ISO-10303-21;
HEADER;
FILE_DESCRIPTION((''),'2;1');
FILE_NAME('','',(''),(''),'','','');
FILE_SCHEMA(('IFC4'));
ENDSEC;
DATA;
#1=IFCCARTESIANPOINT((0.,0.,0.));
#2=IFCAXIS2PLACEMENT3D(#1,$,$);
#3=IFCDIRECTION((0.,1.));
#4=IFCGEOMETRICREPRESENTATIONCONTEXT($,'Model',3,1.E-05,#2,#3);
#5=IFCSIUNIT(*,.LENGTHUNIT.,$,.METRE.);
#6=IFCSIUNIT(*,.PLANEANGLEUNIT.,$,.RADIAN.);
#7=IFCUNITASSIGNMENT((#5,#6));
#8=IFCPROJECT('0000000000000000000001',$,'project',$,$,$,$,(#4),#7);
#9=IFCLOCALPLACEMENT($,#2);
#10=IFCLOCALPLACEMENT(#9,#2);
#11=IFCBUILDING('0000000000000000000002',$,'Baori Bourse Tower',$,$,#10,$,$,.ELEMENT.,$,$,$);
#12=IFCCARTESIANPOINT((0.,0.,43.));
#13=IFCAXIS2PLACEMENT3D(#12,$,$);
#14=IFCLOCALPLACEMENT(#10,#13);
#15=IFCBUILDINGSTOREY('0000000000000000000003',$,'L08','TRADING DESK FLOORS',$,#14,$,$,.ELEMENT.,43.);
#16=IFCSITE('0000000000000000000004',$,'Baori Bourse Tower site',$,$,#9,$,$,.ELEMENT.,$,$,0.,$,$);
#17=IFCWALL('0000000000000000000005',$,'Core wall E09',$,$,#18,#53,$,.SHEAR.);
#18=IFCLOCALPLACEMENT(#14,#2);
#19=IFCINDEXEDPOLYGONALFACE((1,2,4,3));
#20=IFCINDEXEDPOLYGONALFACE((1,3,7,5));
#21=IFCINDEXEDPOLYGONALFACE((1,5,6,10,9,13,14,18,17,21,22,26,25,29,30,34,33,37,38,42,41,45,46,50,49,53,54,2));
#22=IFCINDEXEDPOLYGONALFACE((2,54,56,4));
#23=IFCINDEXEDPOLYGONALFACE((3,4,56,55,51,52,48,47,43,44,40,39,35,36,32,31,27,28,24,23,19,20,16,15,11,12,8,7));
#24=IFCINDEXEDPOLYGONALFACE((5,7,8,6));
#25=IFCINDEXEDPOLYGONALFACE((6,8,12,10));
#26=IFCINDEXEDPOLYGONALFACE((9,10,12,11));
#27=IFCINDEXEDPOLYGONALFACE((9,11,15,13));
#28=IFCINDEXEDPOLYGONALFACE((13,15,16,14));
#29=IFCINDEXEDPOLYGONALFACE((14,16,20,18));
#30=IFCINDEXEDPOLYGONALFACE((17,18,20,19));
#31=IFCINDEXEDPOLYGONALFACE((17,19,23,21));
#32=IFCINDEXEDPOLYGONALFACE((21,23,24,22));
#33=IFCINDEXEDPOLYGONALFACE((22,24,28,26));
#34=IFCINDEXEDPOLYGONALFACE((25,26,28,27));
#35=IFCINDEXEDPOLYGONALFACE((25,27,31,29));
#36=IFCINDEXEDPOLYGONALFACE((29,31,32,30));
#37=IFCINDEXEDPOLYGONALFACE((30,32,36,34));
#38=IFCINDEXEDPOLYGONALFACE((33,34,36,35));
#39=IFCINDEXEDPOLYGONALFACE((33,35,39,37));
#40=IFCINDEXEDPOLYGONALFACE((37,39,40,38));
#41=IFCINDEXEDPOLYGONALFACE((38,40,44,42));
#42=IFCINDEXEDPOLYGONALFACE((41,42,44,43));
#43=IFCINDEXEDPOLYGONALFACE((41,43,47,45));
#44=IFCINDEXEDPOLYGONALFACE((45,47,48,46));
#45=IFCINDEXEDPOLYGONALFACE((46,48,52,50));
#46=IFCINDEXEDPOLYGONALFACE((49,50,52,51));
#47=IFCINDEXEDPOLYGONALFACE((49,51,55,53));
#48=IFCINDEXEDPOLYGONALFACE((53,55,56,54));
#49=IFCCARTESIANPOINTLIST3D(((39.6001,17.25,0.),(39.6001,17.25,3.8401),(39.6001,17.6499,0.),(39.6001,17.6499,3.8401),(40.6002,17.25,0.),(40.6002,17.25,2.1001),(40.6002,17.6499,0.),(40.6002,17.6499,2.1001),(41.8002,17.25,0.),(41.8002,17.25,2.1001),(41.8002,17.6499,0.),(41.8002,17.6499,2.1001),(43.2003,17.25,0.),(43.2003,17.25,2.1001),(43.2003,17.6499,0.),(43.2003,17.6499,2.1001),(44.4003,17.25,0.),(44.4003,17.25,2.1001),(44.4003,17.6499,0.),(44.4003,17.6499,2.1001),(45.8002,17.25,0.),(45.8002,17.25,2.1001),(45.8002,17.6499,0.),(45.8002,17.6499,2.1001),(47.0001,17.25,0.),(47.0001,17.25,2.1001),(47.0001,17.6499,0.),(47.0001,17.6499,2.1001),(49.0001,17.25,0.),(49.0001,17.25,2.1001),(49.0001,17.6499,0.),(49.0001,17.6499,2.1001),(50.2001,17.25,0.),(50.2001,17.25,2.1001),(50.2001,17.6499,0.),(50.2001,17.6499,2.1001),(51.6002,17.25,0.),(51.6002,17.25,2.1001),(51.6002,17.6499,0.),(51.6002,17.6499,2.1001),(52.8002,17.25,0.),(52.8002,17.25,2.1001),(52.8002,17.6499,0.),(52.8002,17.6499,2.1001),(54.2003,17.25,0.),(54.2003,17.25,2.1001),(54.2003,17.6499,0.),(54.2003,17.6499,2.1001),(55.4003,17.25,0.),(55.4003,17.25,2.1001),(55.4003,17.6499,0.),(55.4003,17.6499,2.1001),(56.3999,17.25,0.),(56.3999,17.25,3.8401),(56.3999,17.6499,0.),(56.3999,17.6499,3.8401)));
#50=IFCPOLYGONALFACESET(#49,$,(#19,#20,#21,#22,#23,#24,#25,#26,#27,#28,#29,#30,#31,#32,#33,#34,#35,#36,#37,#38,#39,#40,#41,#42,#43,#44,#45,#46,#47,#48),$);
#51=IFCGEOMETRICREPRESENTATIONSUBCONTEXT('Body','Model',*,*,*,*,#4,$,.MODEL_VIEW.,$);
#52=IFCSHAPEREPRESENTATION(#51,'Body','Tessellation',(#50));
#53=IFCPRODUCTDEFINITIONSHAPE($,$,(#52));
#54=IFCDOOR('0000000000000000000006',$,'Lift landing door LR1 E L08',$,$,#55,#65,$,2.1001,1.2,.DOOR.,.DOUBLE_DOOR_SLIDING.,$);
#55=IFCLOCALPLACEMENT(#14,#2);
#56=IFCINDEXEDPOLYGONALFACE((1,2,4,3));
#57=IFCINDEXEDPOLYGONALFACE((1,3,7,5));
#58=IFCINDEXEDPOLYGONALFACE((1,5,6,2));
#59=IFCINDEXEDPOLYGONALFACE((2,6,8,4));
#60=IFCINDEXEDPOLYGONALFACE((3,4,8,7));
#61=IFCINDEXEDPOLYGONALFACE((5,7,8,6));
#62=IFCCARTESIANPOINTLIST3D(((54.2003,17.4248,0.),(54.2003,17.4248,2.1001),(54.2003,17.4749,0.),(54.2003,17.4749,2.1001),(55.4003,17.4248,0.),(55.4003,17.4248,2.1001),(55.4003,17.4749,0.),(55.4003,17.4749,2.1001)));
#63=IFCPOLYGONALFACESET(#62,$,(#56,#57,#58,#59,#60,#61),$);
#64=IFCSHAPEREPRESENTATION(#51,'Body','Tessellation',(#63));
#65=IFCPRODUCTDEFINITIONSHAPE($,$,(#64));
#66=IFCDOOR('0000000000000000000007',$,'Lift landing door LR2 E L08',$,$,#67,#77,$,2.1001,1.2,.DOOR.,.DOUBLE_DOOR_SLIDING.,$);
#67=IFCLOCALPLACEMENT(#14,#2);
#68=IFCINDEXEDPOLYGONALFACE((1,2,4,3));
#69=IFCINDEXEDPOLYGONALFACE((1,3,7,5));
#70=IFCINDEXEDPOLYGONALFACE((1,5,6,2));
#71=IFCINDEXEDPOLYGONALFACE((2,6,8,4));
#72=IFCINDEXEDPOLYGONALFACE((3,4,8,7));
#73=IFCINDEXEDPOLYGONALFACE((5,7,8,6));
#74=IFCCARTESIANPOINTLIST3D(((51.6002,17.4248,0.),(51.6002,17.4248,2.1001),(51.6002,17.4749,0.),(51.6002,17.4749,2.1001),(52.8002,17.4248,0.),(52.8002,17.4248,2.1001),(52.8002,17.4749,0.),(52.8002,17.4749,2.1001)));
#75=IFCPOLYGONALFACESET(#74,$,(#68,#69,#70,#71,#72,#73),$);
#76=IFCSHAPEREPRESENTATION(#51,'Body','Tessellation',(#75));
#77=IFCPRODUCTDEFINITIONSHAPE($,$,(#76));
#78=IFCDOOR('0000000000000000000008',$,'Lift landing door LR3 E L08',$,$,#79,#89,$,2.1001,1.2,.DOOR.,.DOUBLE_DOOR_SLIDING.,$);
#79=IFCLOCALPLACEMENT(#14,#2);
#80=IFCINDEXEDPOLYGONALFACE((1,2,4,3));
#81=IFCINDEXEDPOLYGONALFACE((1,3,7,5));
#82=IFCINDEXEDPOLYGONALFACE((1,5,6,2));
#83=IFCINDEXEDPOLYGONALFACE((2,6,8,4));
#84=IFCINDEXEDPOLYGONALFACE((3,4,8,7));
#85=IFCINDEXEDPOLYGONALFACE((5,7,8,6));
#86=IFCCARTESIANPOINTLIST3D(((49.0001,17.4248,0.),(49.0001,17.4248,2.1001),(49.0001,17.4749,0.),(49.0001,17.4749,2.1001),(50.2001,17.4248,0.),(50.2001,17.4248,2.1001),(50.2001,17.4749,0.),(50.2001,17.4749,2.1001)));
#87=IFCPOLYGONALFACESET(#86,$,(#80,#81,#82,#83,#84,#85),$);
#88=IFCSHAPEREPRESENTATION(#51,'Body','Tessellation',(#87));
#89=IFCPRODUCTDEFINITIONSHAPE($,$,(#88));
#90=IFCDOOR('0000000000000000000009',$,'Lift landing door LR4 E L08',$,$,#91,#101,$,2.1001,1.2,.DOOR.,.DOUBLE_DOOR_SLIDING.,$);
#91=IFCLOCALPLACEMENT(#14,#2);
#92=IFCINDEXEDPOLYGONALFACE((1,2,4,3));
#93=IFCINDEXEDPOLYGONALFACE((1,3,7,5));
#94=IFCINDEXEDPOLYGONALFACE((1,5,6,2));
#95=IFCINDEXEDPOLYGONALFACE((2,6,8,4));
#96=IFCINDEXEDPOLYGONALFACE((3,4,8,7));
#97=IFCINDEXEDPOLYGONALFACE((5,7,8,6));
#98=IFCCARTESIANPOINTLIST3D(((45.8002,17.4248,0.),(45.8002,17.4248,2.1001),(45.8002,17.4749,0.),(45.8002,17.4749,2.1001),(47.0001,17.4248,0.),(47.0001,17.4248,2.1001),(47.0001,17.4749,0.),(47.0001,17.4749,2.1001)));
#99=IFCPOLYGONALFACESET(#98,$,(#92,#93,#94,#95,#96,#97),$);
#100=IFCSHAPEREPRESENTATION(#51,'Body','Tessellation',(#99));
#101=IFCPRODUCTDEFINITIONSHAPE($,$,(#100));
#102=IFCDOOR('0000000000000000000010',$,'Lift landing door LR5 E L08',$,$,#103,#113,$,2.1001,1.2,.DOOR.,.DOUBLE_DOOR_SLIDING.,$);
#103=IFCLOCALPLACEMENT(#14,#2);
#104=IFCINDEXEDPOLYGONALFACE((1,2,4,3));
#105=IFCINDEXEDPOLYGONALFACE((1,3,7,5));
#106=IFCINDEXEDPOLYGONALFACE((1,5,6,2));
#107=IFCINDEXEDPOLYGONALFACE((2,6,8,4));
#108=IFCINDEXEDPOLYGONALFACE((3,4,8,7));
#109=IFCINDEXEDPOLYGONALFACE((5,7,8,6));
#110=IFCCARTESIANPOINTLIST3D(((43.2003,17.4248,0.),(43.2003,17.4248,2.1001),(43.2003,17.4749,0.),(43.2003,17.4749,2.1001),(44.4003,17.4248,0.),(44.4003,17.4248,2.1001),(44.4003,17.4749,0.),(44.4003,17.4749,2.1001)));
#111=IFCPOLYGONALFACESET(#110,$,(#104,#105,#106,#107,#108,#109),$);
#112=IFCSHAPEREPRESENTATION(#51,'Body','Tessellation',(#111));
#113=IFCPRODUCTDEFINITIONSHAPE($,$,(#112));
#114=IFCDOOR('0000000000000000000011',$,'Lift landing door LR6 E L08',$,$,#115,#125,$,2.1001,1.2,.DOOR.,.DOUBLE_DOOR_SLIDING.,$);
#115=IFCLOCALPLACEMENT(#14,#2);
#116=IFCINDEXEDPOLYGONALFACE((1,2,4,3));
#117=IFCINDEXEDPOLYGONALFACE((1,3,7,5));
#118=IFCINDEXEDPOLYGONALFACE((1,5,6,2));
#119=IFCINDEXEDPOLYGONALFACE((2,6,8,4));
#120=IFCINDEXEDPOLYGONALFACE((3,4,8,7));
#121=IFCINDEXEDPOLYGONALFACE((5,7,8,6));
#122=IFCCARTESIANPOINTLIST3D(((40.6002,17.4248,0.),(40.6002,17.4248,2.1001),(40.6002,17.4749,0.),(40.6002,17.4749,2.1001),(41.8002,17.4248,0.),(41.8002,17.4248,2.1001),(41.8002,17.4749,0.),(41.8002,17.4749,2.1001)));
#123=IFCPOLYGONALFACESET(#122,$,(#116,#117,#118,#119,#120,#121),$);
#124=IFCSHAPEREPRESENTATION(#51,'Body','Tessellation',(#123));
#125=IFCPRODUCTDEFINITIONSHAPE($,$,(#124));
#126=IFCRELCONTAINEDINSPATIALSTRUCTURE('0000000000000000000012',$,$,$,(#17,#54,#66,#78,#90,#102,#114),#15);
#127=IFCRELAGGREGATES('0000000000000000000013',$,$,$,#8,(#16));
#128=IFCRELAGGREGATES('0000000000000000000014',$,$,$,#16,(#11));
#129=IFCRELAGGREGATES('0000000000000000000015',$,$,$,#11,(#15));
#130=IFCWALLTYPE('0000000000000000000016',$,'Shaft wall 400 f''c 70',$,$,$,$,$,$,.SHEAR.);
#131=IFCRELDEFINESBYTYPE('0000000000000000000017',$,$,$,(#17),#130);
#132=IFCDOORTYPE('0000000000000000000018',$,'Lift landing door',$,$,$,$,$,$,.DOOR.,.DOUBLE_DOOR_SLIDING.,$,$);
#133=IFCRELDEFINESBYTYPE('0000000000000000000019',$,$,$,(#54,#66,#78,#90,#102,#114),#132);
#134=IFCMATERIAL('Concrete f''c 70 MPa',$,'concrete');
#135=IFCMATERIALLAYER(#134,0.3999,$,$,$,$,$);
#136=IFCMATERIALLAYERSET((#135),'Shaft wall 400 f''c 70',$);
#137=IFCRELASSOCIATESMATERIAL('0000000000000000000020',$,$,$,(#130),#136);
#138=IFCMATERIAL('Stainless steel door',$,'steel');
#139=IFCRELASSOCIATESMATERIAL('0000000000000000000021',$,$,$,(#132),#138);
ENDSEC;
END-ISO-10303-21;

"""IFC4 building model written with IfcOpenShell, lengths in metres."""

from ifc_helpers import new_model, si_unit, direction, frame, frame_2d, origin, place, context, subcontext, project, spatial, rectangle, extrude, material, layer, layer_set, type_object, element, fill, save


model = new_model("IFC4")

# Units and contexts
model_context = context("Model", 3, precision=1e-05, world=origin(), true_north=direction((0.0, 1.0)))
body_context = subcontext(model_context, "Body", "Model", "MODEL_VIEW")
ifc_project = project(units=[si_unit("LENGTHUNIT", "METRE"), si_unit("PLANEANGLEUNIT", "RADIAN")], contexts=[model_context])

# Site, building, storey
site_placement = place(None, origin())
site = spatial("IfcSite", under=ifc_project, at=site_placement, Name="Baori Bourse Tower site", CompositionType="ELEMENT", RefElevation=0.0)
building_placement = place(site_placement, origin())
building = spatial("IfcBuilding", under=site, at=building_placement, Name="Baori Bourse Tower", CompositionType="ELEMENT")
storey_placement = place(building_placement, frame((0.0, 0.0, 43.0)))
storey = spatial("IfcBuildingStorey", under=building, at=storey_placement, Name="L08", Description="TRADING DESK FLOORS", CompositionType="ELEMENT", Elevation=43.0)

# Shared definitions
ifc_material_1 = material(Name="Concrete f'c 70 MPa", Category="concrete")
ifc_layer_1 = layer(ifc_material_1, 0.3999)
ifc_layer_set_1 = layer_set([ifc_layer_1], Name="Shaft wall 400 f'c 70")
wall_type_1 = type_object("IfcWallType", Name="Shaft wall 400 f'c 70", PredefinedType="SHEAR", material=ifc_layer_set_1)

# Wall, openings, doors
wall_1_placement = place(storey_placement, frame((39.6001, 17.45, 0.0), z_axis=(0.0, 0.0, 1.0), x_axis=(1.0, 0.0, 0.0)))
wall_1 = element("IfcWall", 1, at=wall_1_placement, inside=storey, type_object=wall_type_1, Name="Core wall E09", PredefinedType="SHEAR", context=body_context, shape_type="SweptSolid", body=[
    extrude(rectangle(XDim=16.7998, YDim=0.3999, at=frame_2d((8.3999, 0.0))), origin(), (0.0, 0.0, 1.0), 3.8401),
])
opening_1_placement = place(wall_1_placement, frame((14.6001, 0.0, 0.0)))
opening_1 = element("IfcOpeningElement", 2, at=opening_1_placement, cuts=wall_1, PredefinedType="OPENING", context=body_context, shape_type="SweptSolid", body=[
    extrude(rectangle(XDim=1.2, YDim=2.1001, at=frame_2d((0.6001, 1.05))), frame((0.0, 0.21, 0.0), z_axis=(0.0, -1.0, 0.0), x_axis=(1.0, 0.0, 0.0)), (0.0, 0.0, 1.0), 0.4199),
])
opening_2_placement = place(wall_1_placement, frame((12.0, 0.0, 0.0)))
opening_2 = element("IfcOpeningElement", 3, at=opening_2_placement, cuts=wall_1, PredefinedType="OPENING", context=body_context, shape_type="SweptSolid", body=[
    extrude(rectangle(XDim=1.2, YDim=2.1001, at=frame_2d((0.6001, 1.05))), frame((0.0, 0.21, 0.0), z_axis=(0.0, -1.0, 0.0), x_axis=(1.0, 0.0, 0.0)), (0.0, 0.0, 1.0), 0.4199),
])
opening_3_placement = place(wall_1_placement, frame((9.3999, 0.0, 0.0)))
opening_3 = element("IfcOpeningElement", 4, at=opening_3_placement, cuts=wall_1, PredefinedType="OPENING", context=body_context, shape_type="SweptSolid", body=[
    extrude(rectangle(XDim=1.2, YDim=2.1001, at=frame_2d((0.6001, 1.05))), frame((0.0, 0.21, 0.0), z_axis=(0.0, -1.0, 0.0), x_axis=(1.0, 0.0, 0.0)), (0.0, 0.0, 1.0), 0.4199),
])
opening_4_placement = place(wall_1_placement, frame((6.2, 0.0, 0.0)))
opening_4 = element("IfcOpeningElement", 5, at=opening_4_placement, cuts=wall_1, PredefinedType="OPENING", context=body_context, shape_type="SweptSolid", body=[
    extrude(rectangle(XDim=1.2, YDim=2.1001, at=frame_2d((0.6001, 1.05))), frame((0.0, 0.21, 0.0), z_axis=(0.0, -1.0, 0.0), x_axis=(1.0, 0.0, 0.0)), (0.0, 0.0, 1.0), 0.4199),
])
opening_5_placement = place(wall_1_placement, frame((3.6001, 0.0, 0.0)))
opening_5 = element("IfcOpeningElement", 6, at=opening_5_placement, cuts=wall_1, PredefinedType="OPENING", context=body_context, shape_type="SweptSolid", body=[
    extrude(rectangle(XDim=1.2, YDim=2.1001, at=frame_2d((0.6001, 1.05))), frame((0.0, 0.21, 0.0), z_axis=(0.0, -1.0, 0.0), x_axis=(1.0, 0.0, 0.0)), (0.0, 0.0, 1.0), 0.4199),
])
opening_6_placement = place(wall_1_placement, frame((1.0, 0.0, 0.0)))
opening_6 = element("IfcOpeningElement", 7, at=opening_6_placement, cuts=wall_1, PredefinedType="OPENING", context=body_context, shape_type="SweptSolid", body=[
    extrude(rectangle(XDim=1.2, YDim=2.1001, at=frame_2d((0.6001, 1.05))), frame((0.0, 0.21, 0.0), z_axis=(0.0, -1.0, 0.0), x_axis=(1.0, 0.0, 0.0)), (0.0, 0.0, 1.0), 0.4199),
])
ifc_material_2 = material(Name="Stainless steel door", Category="steel")
door_type_1 = type_object("IfcDoorType", Name="Lift landing door", OperationType="DOUBLE_DOOR_SLIDING", PredefinedType="DOOR", material=ifc_material_2)
door_1_placement = place(opening_1_placement, origin())
door_1 = element("IfcDoor", 8, at=door_1_placement, inside=storey, type_object=door_type_1, Name="Lift landing door LR1 E L08", OperationType="DOUBLE_DOOR_SLIDING", OverallHeight=2.1001, OverallWidth=1.2, PredefinedType="DOOR", context=body_context, shape_type="SweptSolid", body=[
    extrude(rectangle(XDim=1.2, YDim=2.1001, at=frame_2d((0.6001, 1.05))), frame((0.0, 0.0249, 0.0), z_axis=(0.0, -1.0, 0.0), x_axis=(1.0, 0.0, 0.0)), (0.0, 0.0, 1.0), 0.05),
])
fill(opening_1, door_1)
door_2_placement = place(opening_2_placement, origin())
door_2 = element("IfcDoor", 9, at=door_2_placement, inside=storey, type_object=door_type_1, Name="Lift landing door LR2 E L08", OperationType="DOUBLE_DOOR_SLIDING", OverallHeight=2.1001, OverallWidth=1.2, PredefinedType="DOOR", context=body_context, shape_type="SweptSolid", body=[
    extrude(rectangle(XDim=1.2, YDim=2.1001, at=frame_2d((0.6001, 1.05))), frame((0.0, 0.0249, 0.0), z_axis=(0.0, -1.0, 0.0), x_axis=(1.0, 0.0, 0.0)), (0.0, 0.0, 1.0), 0.05),
])
fill(opening_2, door_2)
door_3_placement = place(opening_3_placement, origin())
door_3 = element("IfcDoor", 10, at=door_3_placement, inside=storey, type_object=door_type_1, Name="Lift landing door LR3 E L08", OperationType="DOUBLE_DOOR_SLIDING", OverallHeight=2.1001, OverallWidth=1.2, PredefinedType="DOOR", context=body_context, shape_type="SweptSolid", body=[
    extrude(rectangle(XDim=1.2, YDim=2.1001, at=frame_2d((0.6001, 1.05))), frame((0.0, 0.0249, 0.0), z_axis=(0.0, -1.0, 0.0), x_axis=(1.0, 0.0, 0.0)), (0.0, 0.0, 1.0), 0.05),
])
fill(opening_3, door_3)
door_4_placement = place(opening_4_placement, origin())
door_4 = element("IfcDoor", 11, at=door_4_placement, inside=storey, type_object=door_type_1, Name="Lift landing door LR4 E L08", OperationType="DOUBLE_DOOR_SLIDING", OverallHeight=2.1001, OverallWidth=1.2, PredefinedType="DOOR", context=body_context, shape_type="SweptSolid", body=[
    extrude(rectangle(XDim=1.2, YDim=2.1001, at=frame_2d((0.6001, 1.05))), frame((0.0, 0.0249, 0.0), z_axis=(0.0, -1.0, 0.0), x_axis=(1.0, 0.0, 0.0)), (0.0, 0.0, 1.0), 0.05),
])
fill(opening_4, door_4)
door_5_placement = place(opening_5_placement, origin())
door_5 = element("IfcDoor", 12, at=door_5_placement, inside=storey, type_object=door_type_1, Name="Lift landing door LR5 E L08", OperationType="DOUBLE_DOOR_SLIDING", OverallHeight=2.1001, OverallWidth=1.2, PredefinedType="DOOR", context=body_context, shape_type="SweptSolid", body=[
    extrude(rectangle(XDim=1.2, YDim=2.1001, at=frame_2d((0.6001, 1.05))), frame((0.0, 0.0249, 0.0), z_axis=(0.0, -1.0, 0.0), x_axis=(1.0, 0.0, 0.0)), (0.0, 0.0, 1.0), 0.05),
])
fill(opening_5, door_5)
door_6_placement = place(opening_6_placement, origin())
door_6 = element("IfcDoor", 13, at=door_6_placement, inside=storey, type_object=door_type_1, Name="Lift landing door LR6 E L08", OperationType="DOUBLE_DOOR_SLIDING", OverallHeight=2.1001, OverallWidth=1.2, PredefinedType="DOOR", context=body_context, shape_type="SweptSolid", body=[
    extrude(rectangle(XDim=1.2, YDim=2.1001, at=frame_2d((0.6001, 1.05))), frame((0.0, 0.0249, 0.0), z_axis=(0.0, -1.0, 0.0), x_axis=(1.0, 0.0, 0.0)), (0.0, 0.0, 1.0), 0.05),
])
fill(opening_6, door_6)

save(model, "model.ifc")
